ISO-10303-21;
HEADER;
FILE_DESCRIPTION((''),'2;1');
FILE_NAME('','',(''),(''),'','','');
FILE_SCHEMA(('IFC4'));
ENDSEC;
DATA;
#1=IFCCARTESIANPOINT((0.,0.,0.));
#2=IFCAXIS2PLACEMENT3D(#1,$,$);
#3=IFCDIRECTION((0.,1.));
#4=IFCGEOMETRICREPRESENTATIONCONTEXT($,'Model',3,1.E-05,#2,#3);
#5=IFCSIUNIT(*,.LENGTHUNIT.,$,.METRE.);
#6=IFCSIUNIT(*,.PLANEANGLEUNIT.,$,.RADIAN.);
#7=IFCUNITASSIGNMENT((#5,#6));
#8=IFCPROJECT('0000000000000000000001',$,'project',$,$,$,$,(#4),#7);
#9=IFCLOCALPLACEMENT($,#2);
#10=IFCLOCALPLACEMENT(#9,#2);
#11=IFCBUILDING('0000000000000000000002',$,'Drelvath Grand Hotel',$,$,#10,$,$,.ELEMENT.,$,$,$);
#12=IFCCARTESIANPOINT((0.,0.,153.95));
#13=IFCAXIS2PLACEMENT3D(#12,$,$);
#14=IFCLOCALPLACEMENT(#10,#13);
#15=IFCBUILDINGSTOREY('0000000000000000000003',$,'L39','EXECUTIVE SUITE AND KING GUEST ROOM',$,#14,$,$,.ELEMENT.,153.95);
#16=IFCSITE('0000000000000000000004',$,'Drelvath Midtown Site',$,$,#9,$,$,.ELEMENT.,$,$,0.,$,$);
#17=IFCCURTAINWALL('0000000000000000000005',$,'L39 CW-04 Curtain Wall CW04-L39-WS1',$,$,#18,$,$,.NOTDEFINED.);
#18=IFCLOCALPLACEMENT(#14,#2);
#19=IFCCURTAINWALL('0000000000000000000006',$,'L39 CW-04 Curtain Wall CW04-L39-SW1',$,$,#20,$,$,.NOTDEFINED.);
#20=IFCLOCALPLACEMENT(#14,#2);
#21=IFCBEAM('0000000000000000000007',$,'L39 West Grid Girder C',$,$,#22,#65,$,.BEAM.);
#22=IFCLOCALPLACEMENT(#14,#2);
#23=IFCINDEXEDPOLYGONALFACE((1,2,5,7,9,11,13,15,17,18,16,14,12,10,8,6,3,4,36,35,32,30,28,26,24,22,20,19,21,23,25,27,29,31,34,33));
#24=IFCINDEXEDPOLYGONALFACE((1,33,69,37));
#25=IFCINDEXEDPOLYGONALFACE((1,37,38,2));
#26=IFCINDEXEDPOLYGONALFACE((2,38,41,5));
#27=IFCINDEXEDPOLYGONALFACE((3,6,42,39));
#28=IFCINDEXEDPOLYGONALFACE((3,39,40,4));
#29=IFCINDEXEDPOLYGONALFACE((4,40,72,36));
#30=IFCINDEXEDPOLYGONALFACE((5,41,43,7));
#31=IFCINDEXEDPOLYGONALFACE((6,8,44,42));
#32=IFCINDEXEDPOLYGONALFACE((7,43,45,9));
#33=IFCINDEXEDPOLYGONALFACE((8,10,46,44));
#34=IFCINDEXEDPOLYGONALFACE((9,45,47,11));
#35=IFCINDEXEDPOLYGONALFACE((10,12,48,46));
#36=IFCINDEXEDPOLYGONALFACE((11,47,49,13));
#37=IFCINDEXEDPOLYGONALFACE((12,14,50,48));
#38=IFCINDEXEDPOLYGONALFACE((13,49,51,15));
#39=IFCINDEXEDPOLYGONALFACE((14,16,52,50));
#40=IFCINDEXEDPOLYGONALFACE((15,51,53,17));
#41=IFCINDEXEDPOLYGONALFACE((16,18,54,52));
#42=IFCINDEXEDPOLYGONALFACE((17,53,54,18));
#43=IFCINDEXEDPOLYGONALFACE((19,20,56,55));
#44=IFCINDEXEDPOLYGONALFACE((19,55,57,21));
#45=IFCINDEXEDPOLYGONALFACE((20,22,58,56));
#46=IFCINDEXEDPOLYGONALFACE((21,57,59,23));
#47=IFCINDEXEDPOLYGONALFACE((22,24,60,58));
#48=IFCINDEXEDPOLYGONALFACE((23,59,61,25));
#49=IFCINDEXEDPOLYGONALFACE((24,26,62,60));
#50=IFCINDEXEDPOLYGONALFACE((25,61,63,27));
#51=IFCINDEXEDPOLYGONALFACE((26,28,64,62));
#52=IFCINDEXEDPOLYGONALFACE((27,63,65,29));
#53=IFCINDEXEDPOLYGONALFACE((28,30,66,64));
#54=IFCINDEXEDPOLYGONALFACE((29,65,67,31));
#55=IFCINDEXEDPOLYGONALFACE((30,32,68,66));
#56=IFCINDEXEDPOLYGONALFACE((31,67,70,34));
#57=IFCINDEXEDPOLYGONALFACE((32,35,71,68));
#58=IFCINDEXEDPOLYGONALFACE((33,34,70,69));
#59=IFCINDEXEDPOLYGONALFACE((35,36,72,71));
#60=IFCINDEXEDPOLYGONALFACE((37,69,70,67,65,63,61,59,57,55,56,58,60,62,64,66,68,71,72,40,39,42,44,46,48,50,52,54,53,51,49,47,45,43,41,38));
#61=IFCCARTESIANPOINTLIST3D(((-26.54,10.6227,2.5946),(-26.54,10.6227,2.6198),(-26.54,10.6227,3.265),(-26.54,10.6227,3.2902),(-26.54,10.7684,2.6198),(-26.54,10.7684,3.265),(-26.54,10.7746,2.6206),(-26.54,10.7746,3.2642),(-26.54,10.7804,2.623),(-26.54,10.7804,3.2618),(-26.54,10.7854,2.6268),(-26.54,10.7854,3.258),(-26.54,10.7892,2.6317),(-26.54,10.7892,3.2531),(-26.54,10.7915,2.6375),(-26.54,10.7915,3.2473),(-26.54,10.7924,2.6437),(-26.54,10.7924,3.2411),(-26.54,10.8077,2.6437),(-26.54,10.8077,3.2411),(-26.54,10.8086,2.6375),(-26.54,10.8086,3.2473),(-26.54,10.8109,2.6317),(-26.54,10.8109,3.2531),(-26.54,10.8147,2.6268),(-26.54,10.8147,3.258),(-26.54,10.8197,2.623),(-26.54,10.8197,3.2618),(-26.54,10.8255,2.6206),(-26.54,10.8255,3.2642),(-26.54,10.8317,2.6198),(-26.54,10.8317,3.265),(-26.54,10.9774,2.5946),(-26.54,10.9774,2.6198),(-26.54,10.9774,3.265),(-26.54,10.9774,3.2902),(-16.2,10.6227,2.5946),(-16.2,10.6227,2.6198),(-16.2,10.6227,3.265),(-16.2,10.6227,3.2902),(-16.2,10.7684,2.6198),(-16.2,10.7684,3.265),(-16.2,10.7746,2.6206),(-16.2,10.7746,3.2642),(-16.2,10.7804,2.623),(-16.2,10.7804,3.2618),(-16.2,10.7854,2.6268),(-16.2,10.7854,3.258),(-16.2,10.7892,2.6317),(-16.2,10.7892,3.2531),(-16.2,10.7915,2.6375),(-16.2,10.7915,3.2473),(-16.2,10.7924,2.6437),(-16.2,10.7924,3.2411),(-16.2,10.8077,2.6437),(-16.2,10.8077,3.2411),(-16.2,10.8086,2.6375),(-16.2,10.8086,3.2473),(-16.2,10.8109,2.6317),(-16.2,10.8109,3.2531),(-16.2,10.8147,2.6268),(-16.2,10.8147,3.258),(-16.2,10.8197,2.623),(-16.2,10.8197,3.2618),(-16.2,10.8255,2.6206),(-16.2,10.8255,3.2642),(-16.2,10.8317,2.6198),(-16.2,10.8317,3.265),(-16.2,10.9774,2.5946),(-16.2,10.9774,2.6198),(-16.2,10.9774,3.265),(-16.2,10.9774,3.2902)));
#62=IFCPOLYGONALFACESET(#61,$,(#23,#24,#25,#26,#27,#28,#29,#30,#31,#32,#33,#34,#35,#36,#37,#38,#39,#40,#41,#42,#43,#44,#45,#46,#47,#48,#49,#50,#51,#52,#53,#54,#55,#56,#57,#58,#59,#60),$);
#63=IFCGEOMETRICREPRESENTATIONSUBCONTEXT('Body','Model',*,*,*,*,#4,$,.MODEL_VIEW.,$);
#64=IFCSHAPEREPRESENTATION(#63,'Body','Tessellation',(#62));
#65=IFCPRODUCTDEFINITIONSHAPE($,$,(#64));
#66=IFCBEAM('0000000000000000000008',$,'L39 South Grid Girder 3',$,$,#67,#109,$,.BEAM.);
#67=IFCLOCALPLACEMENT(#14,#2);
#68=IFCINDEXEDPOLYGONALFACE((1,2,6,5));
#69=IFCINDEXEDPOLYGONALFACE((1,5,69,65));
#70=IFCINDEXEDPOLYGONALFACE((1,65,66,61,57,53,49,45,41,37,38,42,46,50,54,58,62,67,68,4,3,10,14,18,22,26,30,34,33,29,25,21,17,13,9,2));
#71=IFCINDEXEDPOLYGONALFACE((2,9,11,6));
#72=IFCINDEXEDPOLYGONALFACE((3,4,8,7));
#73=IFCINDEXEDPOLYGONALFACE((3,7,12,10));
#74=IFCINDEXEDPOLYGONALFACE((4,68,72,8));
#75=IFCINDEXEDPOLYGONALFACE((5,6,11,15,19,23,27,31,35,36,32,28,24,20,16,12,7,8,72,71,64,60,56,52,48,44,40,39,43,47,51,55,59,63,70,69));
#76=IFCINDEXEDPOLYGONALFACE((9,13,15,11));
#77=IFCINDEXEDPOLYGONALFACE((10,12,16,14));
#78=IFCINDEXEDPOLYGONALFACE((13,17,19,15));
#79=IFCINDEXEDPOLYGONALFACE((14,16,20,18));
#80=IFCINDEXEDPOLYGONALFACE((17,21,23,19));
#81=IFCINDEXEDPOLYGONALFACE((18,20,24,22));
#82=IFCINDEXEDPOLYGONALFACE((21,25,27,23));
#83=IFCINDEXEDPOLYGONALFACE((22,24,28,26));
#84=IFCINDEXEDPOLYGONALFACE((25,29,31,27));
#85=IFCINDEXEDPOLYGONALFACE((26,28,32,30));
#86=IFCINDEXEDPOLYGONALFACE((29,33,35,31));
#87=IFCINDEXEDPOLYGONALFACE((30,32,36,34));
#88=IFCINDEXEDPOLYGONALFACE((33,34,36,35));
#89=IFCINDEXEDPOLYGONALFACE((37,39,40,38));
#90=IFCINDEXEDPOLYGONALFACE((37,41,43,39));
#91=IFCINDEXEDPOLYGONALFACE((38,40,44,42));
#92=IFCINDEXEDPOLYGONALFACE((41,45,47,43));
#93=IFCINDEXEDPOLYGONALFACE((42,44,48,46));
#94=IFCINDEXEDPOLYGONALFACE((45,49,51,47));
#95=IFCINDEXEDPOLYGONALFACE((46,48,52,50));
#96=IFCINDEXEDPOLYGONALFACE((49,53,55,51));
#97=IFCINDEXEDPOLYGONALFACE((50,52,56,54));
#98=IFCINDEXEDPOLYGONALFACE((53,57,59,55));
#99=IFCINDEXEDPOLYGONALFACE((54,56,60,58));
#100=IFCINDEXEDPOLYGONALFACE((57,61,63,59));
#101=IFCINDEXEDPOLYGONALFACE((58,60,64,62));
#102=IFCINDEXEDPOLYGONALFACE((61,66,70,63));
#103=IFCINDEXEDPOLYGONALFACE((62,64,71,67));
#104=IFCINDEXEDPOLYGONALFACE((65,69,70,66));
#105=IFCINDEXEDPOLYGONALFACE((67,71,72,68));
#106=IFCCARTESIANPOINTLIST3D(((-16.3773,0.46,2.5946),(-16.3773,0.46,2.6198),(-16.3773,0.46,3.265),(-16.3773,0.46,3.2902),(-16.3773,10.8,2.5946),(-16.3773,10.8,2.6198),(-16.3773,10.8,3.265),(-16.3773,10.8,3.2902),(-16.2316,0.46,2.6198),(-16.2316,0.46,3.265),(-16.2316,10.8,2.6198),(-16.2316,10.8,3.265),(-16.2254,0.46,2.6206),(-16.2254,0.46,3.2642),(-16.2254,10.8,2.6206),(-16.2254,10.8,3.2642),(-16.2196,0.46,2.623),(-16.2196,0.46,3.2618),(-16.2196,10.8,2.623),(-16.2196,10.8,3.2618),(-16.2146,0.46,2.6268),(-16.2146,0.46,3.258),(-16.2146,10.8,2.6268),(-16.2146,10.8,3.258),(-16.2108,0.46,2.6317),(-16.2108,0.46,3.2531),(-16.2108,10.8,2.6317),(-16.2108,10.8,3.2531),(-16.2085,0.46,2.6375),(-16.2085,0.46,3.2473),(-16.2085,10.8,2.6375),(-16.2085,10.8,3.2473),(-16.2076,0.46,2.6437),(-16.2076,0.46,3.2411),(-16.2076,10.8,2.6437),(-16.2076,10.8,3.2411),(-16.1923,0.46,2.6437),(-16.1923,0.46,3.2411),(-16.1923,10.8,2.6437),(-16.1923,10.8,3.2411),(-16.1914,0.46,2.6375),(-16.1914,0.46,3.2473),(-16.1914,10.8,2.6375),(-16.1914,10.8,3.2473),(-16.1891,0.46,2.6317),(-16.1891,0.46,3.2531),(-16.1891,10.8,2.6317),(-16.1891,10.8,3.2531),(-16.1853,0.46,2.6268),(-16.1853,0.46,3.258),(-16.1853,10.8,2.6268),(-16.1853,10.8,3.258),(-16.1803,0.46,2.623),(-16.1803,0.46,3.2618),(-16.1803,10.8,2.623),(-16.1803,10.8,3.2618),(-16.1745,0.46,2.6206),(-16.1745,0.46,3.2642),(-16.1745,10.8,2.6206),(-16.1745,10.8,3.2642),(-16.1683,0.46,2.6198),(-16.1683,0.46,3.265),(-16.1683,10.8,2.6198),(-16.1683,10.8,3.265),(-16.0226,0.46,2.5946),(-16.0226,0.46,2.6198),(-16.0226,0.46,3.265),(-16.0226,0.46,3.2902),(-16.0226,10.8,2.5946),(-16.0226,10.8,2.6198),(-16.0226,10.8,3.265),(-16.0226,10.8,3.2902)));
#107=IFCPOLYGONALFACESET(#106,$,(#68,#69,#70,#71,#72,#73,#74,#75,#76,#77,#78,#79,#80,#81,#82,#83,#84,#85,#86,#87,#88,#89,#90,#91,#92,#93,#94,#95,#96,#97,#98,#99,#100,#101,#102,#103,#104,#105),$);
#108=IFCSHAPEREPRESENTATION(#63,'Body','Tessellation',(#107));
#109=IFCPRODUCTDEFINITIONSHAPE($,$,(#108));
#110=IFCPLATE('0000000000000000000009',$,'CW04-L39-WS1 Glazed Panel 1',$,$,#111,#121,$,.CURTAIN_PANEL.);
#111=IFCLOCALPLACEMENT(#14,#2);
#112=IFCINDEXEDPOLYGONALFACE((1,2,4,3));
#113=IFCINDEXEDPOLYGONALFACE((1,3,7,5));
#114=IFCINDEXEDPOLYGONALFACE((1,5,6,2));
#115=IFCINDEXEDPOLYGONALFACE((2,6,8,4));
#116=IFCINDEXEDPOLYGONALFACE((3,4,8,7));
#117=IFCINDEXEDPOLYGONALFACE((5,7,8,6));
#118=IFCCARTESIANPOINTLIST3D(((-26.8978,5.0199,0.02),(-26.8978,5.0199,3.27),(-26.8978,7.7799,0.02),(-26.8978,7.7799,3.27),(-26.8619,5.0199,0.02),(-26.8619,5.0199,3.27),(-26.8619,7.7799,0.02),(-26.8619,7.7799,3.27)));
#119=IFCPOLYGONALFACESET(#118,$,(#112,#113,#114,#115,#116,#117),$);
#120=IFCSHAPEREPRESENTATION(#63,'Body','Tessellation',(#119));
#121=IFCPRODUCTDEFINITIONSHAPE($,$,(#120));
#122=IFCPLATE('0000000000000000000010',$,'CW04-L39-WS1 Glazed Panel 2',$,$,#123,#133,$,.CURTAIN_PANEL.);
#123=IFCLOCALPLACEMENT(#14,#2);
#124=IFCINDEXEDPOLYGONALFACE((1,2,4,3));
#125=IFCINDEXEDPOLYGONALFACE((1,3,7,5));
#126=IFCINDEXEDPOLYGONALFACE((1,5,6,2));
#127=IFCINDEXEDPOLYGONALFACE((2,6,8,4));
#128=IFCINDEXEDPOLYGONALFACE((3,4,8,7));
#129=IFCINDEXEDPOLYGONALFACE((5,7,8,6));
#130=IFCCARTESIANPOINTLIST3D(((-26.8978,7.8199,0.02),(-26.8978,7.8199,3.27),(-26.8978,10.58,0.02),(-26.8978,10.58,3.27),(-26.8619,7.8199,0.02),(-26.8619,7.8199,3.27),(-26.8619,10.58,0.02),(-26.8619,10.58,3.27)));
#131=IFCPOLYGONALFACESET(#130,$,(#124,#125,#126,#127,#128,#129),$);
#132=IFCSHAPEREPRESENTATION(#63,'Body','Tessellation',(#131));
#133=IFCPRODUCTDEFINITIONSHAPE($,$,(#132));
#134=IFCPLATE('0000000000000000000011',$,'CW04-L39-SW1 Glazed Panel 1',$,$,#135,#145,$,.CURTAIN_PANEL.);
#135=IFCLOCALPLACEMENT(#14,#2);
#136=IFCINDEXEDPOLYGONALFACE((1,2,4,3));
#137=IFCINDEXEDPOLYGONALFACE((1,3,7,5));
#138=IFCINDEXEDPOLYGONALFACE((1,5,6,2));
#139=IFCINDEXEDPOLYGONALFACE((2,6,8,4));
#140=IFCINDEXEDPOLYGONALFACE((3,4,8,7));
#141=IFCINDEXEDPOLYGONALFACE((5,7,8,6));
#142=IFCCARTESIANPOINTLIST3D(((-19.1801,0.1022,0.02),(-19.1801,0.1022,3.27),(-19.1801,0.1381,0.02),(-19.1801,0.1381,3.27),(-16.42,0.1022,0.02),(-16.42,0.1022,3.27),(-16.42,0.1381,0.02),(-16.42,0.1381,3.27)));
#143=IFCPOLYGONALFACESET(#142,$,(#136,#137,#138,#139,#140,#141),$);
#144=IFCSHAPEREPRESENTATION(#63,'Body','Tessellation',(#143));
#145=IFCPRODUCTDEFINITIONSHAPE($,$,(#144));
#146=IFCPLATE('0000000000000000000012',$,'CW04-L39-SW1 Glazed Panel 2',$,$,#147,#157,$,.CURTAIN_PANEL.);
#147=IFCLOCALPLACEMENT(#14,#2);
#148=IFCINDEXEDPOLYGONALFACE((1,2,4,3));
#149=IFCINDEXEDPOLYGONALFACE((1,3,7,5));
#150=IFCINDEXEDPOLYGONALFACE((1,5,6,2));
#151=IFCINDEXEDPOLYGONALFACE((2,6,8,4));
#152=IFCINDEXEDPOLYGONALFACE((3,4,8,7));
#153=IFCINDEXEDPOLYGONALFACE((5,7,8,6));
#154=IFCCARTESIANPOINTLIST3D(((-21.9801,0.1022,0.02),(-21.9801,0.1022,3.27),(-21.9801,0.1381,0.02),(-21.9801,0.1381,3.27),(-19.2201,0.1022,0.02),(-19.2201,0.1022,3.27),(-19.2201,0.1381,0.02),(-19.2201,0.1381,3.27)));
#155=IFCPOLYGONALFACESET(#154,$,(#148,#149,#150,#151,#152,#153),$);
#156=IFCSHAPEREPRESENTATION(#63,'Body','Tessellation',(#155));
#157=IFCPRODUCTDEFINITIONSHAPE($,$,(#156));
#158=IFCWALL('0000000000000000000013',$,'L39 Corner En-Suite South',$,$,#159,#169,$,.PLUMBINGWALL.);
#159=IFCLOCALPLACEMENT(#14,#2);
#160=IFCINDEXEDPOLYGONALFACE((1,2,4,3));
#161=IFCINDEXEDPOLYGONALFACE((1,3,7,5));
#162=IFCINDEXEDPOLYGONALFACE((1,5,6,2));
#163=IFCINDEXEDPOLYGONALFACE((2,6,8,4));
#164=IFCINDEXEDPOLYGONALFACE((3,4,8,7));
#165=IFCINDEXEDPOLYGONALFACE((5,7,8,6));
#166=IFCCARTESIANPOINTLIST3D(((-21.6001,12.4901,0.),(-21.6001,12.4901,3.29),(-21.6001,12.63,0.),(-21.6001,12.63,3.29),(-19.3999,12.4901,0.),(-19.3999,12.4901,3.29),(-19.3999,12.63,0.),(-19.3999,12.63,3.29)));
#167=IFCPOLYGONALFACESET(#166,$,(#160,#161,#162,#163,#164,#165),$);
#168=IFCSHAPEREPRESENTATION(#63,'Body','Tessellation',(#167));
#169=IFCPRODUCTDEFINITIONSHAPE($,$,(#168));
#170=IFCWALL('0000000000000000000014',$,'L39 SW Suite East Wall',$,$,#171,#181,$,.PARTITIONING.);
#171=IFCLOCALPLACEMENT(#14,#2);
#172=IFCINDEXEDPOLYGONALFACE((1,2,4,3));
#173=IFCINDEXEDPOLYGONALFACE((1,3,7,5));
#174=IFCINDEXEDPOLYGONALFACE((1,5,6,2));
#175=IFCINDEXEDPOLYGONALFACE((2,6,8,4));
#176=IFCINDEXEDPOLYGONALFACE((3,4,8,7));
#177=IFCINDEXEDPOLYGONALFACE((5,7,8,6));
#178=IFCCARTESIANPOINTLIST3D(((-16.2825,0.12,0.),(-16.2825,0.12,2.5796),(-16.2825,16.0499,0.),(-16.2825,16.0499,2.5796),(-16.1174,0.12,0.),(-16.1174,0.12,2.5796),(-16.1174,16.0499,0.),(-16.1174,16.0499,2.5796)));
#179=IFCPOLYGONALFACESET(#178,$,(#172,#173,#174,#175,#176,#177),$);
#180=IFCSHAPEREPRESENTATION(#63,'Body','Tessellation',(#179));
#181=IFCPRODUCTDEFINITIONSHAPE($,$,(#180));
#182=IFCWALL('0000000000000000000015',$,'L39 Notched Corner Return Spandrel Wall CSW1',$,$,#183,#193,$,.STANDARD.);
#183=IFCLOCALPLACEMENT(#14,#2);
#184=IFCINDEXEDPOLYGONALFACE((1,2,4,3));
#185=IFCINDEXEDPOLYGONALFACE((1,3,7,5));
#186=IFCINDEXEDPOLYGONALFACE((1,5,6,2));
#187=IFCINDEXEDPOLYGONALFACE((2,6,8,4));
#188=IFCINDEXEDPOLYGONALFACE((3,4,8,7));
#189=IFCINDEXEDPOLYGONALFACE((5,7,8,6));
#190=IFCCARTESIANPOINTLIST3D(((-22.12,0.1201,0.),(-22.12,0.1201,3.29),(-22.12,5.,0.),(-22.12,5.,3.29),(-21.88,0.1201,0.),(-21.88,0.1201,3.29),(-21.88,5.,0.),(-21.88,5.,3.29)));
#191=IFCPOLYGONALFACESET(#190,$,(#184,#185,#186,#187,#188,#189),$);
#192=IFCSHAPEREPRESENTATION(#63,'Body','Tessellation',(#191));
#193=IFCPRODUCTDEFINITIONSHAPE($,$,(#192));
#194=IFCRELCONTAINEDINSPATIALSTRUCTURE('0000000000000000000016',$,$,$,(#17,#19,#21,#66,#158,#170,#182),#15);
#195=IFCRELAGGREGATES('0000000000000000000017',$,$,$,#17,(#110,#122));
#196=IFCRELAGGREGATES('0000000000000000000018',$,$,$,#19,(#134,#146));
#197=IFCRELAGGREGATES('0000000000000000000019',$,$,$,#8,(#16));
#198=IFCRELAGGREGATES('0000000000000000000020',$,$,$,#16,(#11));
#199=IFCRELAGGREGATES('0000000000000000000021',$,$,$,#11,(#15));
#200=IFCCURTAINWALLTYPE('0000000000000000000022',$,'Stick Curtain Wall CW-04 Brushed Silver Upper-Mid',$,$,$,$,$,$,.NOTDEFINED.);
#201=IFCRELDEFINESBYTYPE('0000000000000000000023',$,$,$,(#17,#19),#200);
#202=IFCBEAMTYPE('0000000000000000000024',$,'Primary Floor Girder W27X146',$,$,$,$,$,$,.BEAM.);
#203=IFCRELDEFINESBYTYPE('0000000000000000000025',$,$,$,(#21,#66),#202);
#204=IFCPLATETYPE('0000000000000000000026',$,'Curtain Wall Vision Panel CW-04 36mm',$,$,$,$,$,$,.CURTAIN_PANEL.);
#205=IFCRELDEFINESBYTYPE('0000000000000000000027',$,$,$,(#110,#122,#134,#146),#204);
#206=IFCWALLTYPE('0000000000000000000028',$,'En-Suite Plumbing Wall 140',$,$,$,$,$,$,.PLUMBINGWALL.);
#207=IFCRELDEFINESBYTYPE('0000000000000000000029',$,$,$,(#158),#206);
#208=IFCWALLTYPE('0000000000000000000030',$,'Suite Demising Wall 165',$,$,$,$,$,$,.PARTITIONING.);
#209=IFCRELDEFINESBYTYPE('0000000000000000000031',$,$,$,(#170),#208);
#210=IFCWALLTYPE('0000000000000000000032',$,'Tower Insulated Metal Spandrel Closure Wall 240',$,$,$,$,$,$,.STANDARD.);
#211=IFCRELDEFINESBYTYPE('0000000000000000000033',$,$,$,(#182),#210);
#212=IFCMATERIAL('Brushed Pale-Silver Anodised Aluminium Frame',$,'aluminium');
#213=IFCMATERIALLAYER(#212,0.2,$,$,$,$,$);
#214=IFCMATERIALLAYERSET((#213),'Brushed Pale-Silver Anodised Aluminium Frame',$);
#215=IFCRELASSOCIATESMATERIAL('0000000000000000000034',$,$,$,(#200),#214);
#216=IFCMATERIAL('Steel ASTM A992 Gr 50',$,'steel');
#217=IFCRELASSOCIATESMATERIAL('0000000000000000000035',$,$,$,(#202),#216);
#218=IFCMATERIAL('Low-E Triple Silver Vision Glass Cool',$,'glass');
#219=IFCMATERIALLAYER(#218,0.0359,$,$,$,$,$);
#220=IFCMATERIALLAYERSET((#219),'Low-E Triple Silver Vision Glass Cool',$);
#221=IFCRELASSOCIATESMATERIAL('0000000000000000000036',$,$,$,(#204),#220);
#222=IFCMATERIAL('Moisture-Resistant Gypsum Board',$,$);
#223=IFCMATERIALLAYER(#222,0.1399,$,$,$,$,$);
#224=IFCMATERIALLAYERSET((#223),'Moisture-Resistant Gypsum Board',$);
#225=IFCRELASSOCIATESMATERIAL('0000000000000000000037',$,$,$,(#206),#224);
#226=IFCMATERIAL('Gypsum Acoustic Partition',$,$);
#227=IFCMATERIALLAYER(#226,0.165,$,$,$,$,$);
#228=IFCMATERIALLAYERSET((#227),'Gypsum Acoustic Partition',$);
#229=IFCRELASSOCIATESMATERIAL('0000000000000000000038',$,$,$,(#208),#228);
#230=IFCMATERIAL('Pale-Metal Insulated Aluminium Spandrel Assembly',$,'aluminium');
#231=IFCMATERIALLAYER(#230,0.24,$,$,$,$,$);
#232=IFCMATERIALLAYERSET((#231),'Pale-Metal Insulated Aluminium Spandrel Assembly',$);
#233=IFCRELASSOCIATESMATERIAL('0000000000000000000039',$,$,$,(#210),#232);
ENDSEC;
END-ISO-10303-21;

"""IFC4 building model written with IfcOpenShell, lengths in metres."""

from ifc_helpers import new_model, si_unit, direction, frame, frame_2d, origin, origin_2d, place, context, subcontext, project, spatial, rectangle, i_section, extrude, material, layer, layer_set, material_profile, profile_set, type_object, element, aggregate, save


model = new_model("IFC4")

# Units and contexts
model_context = context("Model", 3, precision=1e-05, world=origin(), true_north=direction((0.0, 1.0)))
body_context = subcontext(model_context, "Body", "Model", "MODEL_VIEW")
ifc_project = project(units=[si_unit("LENGTHUNIT", "METRE"), si_unit("PLANEANGLEUNIT", "RADIAN")], contexts=[model_context])

# Site, building, storey
site_placement = place(None, origin())
site = spatial("IfcSite", under=ifc_project, at=site_placement, Name="Drelvath Midtown Site", CompositionType="ELEMENT", RefElevation=0.0)
building_placement = place(site_placement, origin())
building = spatial("IfcBuilding", under=site, at=building_placement, Name="Drelvath Grand Hotel", CompositionType="ELEMENT")
storey_placement = place(building_placement, frame((0.0, 0.0, 153.95)))
storey = spatial("IfcBuildingStorey", under=building, at=storey_placement, Name="L39", Description="EXECUTIVE SUITE AND KING GUEST ROOM", CompositionType="ELEMENT", Elevation=153.95)

# Curtain walls
ifc_material_1 = material(Name="Brushed Pale-Silver Anodised Aluminium Frame", Category="aluminium")
ifc_layer_1 = layer(ifc_material_1, 0.2)
ifc_layer_set_1 = layer_set([ifc_layer_1], Name="Brushed Pale-Silver Anodised Aluminium Frame")
curtain_wall_type = type_object("IfcCurtainWallType", Name="Stick Curtain Wall CW-04 Brushed Silver Upper-Mid", PredefinedType="NOTDEFINED", material=ifc_layer_set_1)
curtain_wall_1_placement = place(storey_placement, origin())
curtain_wall_1 = element("IfcCurtainWall", 1, at=curtain_wall_1_placement, inside=storey, type_object=curtain_wall_type, Name="L39 CW-04 Curtain Wall CW04-L39-WS1", PredefinedType="NOTDEFINED")
curtain_wall_2_placement = place(storey_placement, origin())
curtain_wall_2 = element("IfcCurtainWall", 2, at=curtain_wall_2_placement, inside=storey, type_object=curtain_wall_type, Name="L39 CW-04 Curtain Wall CW04-L39-SW1", PredefinedType="NOTDEFINED")

# Beams
ifc_material_2 = material(Name="Steel ASTM A992 Gr 50", Category="steel")
ifc_material_profile_1 = material_profile(ifc_material_2, i_section(OverallWidth=0.3547, OverallDepth=0.6956, WebThickness=0.0154, FlangeThickness=0.0251, FilletRadius=0.0239, at=origin_2d()), Name="W27X146")
ifc_profile_set_1 = profile_set([ifc_material_profile_1], Name="Steel ASTM A992 Gr 50")
beam_type_1 = type_object("IfcBeamType", Name="Primary Floor Girder W27X146", PredefinedType="BEAM", material=ifc_profile_set_1)
for number, where, z_axis, x_axis, name in (
    (3, (-26.54, 10.8, 2.9424), (1.0, 0.0, 0.0), (0.0, 1.0, 0.0), "L39 West Grid Girder C"),
    (4, (-16.2, 0.46, 2.9424), (0.0, 1.0, 0.0), (-1.0, 0.0, 0.0), "L39 South Grid Girder 3"),
):
    element("IfcBeam", number, at=place(storey_placement, frame(where, z_axis=z_axis, x_axis=x_axis)), inside=storey, type_object=beam_type_1, Name=name, PredefinedType="BEAM", context=body_context, shape_type="SweptSolid", body=[
        extrude(i_section(OverallWidth=0.3547, OverallDepth=0.6956, WebThickness=0.0154, FlangeThickness=0.0251, FilletRadius=0.0239, at=origin_2d()), origin(), (0.0, 0.0, 1.0), 10.3401),
    ])

# Plates
ifc_material_3 = material(Name="Low-E Triple Silver Vision Glass Cool", Category="glass")
ifc_layer_2 = layer(ifc_material_3, 0.0359)
ifc_layer_set_2 = layer_set([ifc_layer_2], Name="Low-E Triple Silver Vision Glass Cool")
plate_type = type_object("IfcPlateType", Name="Curtain Wall Vision Panel CW-04 36mm", PredefinedType="CURTAIN_PANEL", material=ifc_layer_set_2)
plate_1_placement = place(storey_placement, frame((-26.8799, 6.3999, 0.02), z_axis=(0.0, 0.0, 1.0), x_axis=(0.0, 1.0, 0.0)))
plate_1 = element("IfcPlate", 5, at=plate_1_placement, type_object=plate_type, Name="CW04-L39-WS1 Glazed Panel 1", PredefinedType="CURTAIN_PANEL", context=body_context, shape_type="SweptSolid", body=[
    extrude(rectangle(XDim=2.76, YDim=0.0359, at=origin_2d()), origin(), (0.0, 0.0, 1.0), 3.25),
])
plate_2_placement = place(storey_placement, frame((-26.8799, 9.2, 0.02), z_axis=(0.0, 0.0, 1.0), x_axis=(0.0, 1.0, 0.0)))
plate_2 = element("IfcPlate", 6, at=plate_2_placement, type_object=plate_type, Name="CW04-L39-WS1 Glazed Panel 2", PredefinedType="CURTAIN_PANEL", context=body_context, shape_type="SweptSolid", body=[
    extrude(rectangle(XDim=2.76, YDim=0.0359, at=origin_2d()), origin(), (0.0, 0.0, 1.0), 3.25),
])
aggregate(curtain_wall_1, [plate_1, plate_2])
plate_3_placement = place(storey_placement, frame((-17.8, 0.1201, 0.02), z_axis=(0.0, 0.0, 1.0), x_axis=(-1.0, 0.0, 0.0)))
plate_3 = element("IfcPlate", 7, at=plate_3_placement, type_object=plate_type, Name="CW04-L39-SW1 Glazed Panel 1", PredefinedType="CURTAIN_PANEL", context=body_context, shape_type="SweptSolid", body=[
    extrude(rectangle(XDim=2.76, YDim=0.0359, at=origin_2d()), origin(), (0.0, 0.0, 1.0), 3.25),
])
plate_4_placement = place(storey_placement, frame((-20.6001, 0.1201, 0.02), z_axis=(0.0, 0.0, 1.0), x_axis=(-1.0, 0.0, 0.0)))
plate_4 = element("IfcPlate", 8, at=plate_4_placement, type_object=plate_type, Name="CW04-L39-SW1 Glazed Panel 2", PredefinedType="CURTAIN_PANEL", context=body_context, shape_type="SweptSolid", body=[
    extrude(rectangle(XDim=2.76, YDim=0.0359, at=origin_2d()), origin(), (0.0, 0.0, 1.0), 3.25),
])
aggregate(curtain_wall_2, [plate_3, plate_4])

# Walls
ifc_material_4 = material(Name="Moisture-Resistant Gypsum Board")
ifc_layer_3 = layer(ifc_material_4, 0.1399)
ifc_layer_set_3 = layer_set([ifc_layer_3], Name="Moisture-Resistant Gypsum Board")
wall_type_1 = type_object("IfcWallType", Name="En-Suite Plumbing Wall 140", PredefinedType="PLUMBINGWALL", material=ifc_layer_set_3)
wall_1_placement = place(storey_placement, frame((-21.6001, 12.5601, 0.0), z_axis=(0.0, 0.0, 1.0), x_axis=(1.0, 0.0, 0.0)))
element("IfcWall", 9, at=wall_1_placement, inside=storey, type_object=wall_type_1, Name="L39 Corner En-Suite South", PredefinedType="PLUMBINGWALL", context=body_context, shape_type="SweptSolid", body=[
    extrude(rectangle(XDim=2.2002, YDim=0.1399, at=frame_2d((1.1001, 0.0))), origin(), (0.0, 0.0, 1.0), 3.29),
])
ifc_material_5 = material(Name="Gypsum Acoustic Partition")
ifc_layer_4 = layer(ifc_material_5, 0.165)
ifc_layer_set_4 = layer_set([ifc_layer_4], Name="Gypsum Acoustic Partition")
wall_type_2 = type_object("IfcWallType", Name="Suite Demising Wall 165", PredefinedType="PARTITIONING", material=ifc_layer_set_4)
wall_2_placement = place(storey_placement, frame((-16.2, 0.1201, 0.0), z_axis=(0.0, 0.0, 1.0), x_axis=(0.0, 1.0, 0.0)))
element("IfcWall", 10, at=wall_2_placement, inside=storey, type_object=wall_type_2, Name="L39 SW Suite East Wall", PredefinedType="PARTITIONING", context=body_context, shape_type="SweptSolid", body=[
    extrude(rectangle(XDim=15.9299, YDim=0.165, at=frame_2d((7.9648, 0.0))), origin(), (0.0, 0.0, 1.0), 2.5796),
])
ifc_material_6 = material(Name="Pale-Metal Insulated Aluminium Spandrel Assembly", Category="aluminium")
ifc_layer_5 = layer(ifc_material_6, 0.24)
ifc_layer_set_5 = layer_set([ifc_layer_5], Name="Pale-Metal Insulated Aluminium Spandrel Assembly")
wall_type_3 = type_object("IfcWallType", Name="Tower Insulated Metal Spandrel Closure Wall 240", PredefinedType="STANDARD", material=ifc_layer_set_5)
for number, where, z_axis, x_axis, name in (
    (11, (-22.0, 0.1201, 0.0), (0.0, 0.0, 1.0), (0.0, 1.0, 0.0), "L39 Notched Corner Return Spandrel Wall CSW1"),
):
    element("IfcWall", number, at=place(storey_placement, frame(where, z_axis=z_axis, x_axis=x_axis)), inside=storey, type_object=wall_type_3, Name=name, PredefinedType="STANDARD", context=body_context, shape_type="SweptSolid", body=[
        extrude(rectangle(XDim=4.8799, YDim=0.24, at=frame_2d((2.4399, 0.0))), origin(), (0.0, 0.0, 1.0), 3.29),
    ])

save(model, "model.ifc")
